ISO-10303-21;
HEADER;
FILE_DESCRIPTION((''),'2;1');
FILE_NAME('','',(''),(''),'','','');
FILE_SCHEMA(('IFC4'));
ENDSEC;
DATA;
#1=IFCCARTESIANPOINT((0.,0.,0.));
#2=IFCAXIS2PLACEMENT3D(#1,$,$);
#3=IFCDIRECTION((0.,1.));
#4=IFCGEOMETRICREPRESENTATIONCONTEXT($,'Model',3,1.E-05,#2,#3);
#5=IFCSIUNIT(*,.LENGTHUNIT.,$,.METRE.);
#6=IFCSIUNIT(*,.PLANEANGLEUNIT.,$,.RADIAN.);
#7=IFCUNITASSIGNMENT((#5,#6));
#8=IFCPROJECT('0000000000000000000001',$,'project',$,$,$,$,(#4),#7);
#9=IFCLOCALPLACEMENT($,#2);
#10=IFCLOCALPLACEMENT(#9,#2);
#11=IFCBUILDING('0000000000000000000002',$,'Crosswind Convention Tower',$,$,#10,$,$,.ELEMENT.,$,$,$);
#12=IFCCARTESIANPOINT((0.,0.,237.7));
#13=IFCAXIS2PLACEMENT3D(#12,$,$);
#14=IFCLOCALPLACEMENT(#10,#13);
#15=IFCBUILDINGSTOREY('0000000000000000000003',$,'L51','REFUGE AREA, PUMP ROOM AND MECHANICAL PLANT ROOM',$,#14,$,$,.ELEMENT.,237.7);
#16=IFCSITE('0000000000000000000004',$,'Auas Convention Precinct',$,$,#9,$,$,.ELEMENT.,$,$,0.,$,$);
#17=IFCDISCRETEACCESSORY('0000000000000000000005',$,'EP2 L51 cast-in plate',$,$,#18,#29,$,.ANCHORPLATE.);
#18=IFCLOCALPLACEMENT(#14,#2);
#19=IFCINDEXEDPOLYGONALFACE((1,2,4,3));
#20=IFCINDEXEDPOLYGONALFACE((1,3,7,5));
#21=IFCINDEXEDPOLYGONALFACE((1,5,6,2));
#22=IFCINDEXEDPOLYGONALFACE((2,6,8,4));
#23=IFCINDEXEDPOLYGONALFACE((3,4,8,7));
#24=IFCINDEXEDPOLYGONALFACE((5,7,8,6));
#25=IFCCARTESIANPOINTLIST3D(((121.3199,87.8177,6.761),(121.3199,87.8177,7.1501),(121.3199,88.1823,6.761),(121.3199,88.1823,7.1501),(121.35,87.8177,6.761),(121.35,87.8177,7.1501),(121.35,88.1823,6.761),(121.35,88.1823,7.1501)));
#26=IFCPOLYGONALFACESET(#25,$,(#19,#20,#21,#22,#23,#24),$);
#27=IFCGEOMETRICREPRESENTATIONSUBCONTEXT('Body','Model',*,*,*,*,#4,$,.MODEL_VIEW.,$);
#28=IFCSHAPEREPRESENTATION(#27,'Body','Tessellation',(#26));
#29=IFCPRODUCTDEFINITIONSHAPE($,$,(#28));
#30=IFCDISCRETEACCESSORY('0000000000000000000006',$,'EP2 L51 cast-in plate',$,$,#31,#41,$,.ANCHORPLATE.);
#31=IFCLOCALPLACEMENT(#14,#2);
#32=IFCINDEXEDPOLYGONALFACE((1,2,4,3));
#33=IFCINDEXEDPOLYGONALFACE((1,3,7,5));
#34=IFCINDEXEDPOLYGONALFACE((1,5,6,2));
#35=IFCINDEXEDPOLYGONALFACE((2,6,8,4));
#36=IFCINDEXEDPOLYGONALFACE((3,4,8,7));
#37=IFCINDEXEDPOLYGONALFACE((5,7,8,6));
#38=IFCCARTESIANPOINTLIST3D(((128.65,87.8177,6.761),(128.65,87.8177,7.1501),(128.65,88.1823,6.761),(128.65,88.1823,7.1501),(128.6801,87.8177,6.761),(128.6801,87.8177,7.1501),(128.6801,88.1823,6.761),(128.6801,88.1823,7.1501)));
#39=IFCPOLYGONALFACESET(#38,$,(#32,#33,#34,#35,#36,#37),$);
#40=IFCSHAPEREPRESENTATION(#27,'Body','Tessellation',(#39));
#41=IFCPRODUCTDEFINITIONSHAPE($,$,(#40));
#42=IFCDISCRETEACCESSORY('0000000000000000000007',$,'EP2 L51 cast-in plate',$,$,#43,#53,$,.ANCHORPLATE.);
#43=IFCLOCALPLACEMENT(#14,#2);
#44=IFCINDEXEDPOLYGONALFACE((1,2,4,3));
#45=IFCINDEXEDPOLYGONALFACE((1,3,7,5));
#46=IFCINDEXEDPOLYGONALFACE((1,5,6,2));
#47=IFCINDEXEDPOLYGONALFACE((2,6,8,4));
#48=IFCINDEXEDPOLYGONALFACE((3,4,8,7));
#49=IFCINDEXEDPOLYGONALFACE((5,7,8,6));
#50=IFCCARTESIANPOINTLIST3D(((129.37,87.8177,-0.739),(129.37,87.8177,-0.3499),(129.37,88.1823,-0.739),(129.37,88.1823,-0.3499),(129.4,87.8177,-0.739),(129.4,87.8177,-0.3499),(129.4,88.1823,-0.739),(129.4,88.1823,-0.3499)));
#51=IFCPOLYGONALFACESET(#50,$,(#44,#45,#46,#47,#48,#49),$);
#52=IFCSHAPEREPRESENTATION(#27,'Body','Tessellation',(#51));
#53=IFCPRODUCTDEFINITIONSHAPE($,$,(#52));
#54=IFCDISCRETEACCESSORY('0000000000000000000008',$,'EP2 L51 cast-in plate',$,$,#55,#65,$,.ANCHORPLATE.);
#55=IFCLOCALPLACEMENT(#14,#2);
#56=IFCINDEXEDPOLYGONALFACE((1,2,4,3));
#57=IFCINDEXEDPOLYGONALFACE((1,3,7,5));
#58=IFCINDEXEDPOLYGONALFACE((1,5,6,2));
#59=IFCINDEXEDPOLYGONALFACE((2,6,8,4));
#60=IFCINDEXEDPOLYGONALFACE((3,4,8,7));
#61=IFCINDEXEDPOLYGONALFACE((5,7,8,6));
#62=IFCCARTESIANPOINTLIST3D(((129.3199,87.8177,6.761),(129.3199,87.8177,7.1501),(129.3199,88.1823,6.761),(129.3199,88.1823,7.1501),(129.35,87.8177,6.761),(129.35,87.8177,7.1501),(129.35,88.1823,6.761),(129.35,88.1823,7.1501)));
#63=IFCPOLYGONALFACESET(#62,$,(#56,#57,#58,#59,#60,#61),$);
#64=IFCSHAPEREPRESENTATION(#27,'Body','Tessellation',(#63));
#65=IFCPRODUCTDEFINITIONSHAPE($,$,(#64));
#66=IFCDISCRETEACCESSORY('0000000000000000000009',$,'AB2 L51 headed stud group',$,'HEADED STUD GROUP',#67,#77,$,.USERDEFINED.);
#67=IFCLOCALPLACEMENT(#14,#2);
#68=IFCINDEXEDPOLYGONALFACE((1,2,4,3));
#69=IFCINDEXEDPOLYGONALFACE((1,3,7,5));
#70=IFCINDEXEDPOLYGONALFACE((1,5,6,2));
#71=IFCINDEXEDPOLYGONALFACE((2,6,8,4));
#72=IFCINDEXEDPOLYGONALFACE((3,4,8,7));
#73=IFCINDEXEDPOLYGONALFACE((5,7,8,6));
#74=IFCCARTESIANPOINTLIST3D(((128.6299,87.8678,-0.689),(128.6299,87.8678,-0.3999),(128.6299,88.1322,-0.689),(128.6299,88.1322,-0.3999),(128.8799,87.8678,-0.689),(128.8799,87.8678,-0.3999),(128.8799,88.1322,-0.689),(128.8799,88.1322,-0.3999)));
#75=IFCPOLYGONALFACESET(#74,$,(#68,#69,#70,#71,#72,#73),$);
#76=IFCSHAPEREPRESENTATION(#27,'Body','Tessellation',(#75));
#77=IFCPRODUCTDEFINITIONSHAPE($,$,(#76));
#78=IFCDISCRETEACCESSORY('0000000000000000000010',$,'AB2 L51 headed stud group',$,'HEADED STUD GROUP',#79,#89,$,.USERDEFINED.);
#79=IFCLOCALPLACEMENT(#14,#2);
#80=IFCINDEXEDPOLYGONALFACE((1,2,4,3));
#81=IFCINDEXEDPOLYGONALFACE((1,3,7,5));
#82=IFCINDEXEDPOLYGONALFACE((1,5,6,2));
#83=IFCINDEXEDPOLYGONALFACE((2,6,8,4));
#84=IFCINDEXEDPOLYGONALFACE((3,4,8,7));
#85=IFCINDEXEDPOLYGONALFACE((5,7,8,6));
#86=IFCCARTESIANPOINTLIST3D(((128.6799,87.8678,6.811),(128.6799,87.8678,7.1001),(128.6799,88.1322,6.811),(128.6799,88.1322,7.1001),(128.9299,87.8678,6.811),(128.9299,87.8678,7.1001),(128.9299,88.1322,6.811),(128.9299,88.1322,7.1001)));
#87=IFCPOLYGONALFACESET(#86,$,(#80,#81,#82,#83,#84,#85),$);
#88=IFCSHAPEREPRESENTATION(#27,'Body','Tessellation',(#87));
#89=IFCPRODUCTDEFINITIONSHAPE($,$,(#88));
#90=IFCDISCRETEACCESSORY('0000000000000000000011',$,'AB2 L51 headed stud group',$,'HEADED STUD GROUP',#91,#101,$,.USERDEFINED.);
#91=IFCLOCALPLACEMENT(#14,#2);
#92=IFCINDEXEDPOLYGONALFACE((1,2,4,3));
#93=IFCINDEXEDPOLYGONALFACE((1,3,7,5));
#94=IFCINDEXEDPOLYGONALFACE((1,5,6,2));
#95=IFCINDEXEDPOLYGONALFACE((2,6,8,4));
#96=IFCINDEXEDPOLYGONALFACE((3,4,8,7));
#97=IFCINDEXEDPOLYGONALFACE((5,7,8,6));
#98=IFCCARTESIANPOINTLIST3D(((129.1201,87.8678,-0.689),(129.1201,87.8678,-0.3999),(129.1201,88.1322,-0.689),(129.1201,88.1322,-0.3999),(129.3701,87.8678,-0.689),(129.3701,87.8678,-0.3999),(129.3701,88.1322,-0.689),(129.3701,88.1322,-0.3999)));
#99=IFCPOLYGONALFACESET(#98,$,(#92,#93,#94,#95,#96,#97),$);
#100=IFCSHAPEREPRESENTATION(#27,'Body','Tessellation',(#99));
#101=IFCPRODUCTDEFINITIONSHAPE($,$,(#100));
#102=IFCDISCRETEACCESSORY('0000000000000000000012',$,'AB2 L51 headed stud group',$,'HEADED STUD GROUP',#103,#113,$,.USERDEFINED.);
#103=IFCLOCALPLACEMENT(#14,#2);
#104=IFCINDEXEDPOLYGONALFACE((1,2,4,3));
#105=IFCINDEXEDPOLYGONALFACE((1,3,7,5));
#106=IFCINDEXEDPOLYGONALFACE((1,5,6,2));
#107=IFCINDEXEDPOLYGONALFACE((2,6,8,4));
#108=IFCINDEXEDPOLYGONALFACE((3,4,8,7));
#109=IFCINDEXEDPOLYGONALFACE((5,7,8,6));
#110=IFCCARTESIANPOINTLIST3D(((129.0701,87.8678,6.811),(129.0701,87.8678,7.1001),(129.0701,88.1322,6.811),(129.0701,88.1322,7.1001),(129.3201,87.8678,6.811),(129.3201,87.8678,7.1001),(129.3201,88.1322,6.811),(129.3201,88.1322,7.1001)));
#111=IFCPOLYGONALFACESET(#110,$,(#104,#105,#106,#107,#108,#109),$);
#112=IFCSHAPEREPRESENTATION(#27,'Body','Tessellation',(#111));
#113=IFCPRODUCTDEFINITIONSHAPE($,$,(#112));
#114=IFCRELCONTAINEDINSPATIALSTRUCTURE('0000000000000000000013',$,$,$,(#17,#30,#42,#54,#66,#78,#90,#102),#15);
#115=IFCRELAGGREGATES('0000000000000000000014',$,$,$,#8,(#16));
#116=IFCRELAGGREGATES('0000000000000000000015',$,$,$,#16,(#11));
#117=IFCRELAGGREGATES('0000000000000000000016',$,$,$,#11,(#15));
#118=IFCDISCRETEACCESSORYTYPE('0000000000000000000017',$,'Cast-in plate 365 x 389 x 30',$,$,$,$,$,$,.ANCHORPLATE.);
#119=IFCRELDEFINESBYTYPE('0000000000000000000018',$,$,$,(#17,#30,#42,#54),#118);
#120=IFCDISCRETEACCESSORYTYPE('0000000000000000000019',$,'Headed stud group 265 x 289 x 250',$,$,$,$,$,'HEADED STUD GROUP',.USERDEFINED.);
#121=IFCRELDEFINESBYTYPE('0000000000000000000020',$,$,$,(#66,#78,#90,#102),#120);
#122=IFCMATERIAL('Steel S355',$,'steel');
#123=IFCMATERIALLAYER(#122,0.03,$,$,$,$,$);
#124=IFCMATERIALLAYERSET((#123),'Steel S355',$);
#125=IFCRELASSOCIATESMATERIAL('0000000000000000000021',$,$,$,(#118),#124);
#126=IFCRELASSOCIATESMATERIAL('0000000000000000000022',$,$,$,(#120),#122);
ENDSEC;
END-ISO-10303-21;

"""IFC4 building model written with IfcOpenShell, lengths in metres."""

from ifc_helpers import new_model, si_unit, direction, frame, origin, origin_2d, place, context, subcontext, project, spatial, rectangle, extrude, material, layer, layer_set, type_object, element, save


model = new_model("IFC4")

# Units and contexts
model_context = context("Model", 3, precision=1e-05, world=origin(), true_north=direction((0.0, 1.0)))
body_context = subcontext(model_context, "Body", "Model", "MODEL_VIEW")
ifc_project = project(units=[si_unit("LENGTHUNIT", "METRE"), si_unit("PLANEANGLEUNIT", "RADIAN")], contexts=[model_context])

# Site, building, storey
site_placement = place(None, origin())
site = spatial("IfcSite", under=ifc_project, at=site_placement, Name="Auas Convention Precinct", CompositionType="ELEMENT", RefElevation=0.0)
building_placement = place(site_placement, origin())
building = spatial("IfcBuilding", under=site, at=building_placement, Name="Crosswind Convention Tower", CompositionType="ELEMENT")
storey_placement = place(building_placement, frame((0.0, 0.0, 237.7)))
storey = spatial("IfcBuildingStorey", under=building, at=storey_placement, Name="L51", Description="REFUGE AREA, PUMP ROOM AND MECHANICAL PLANT ROOM", CompositionType="ELEMENT", Elevation=237.7)

# Shared definitions
ifc_material_1 = material(Name="Steel S355", Category="steel")

# Discrete accessories
ifc_layer_1 = layer(ifc_material_1, 0.03)
ifc_layer_set_1 = layer_set([ifc_layer_1], Name="Steel S355")
discrete_accessory_type_1 = type_object("IfcDiscreteAccessoryType", Name="Cast-in plate 365 x 389 x 30", PredefinedType="ANCHORPLATE", material=ifc_layer_set_1)
for number, where, z_axis, x_axis, name in (
    (1, (121.335, 88.0, 6.761), (0.0, 0.0, 1.0), (1.0, 0.0, 0.0), "EP2 L51 cast-in plate"),
    (2, (128.665, 88.0, 6.761), (0.0, 0.0, 1.0), (1.0, 0.0, 0.0), "EP2 L51 cast-in plate"),
    (3, (129.385, 88.0, -0.739), (0.0, 0.0, 1.0), (1.0, 0.0, 0.0), "EP2 L51 cast-in plate"),
    (4, (129.335, 88.0, 6.761), (0.0, 0.0, 1.0), (1.0, 0.0, 0.0), "EP2 L51 cast-in plate"),
):
    element("IfcDiscreteAccessory", number, at=place(storey_placement, frame(where, z_axis=z_axis, x_axis=x_axis)), inside=storey, type_object=discrete_accessory_type_1, Name=name, PredefinedType="ANCHORPLATE", context=body_context, shape_type="SweptSolid", body=[
        extrude(rectangle(XDim=0.03, YDim=0.3645, at=origin_2d()), origin(), (0.0, 0.0, 1.0), 0.3892),
    ])
discrete_accessory_type_2 = type_object("IfcDiscreteAccessoryType", Name="Headed stud group 265 x 289 x 250", ElementType="HEADED STUD GROUP", PredefinedType="USERDEFINED", material=ifc_material_1)
for number, where, z_axis, x_axis, name in (
    (5, (128.7549, 88.0, -0.689), (0.0, 0.0, 1.0), (1.0, 0.0, 0.0), "AB2 L51 headed stud group"),
    (6, (128.8049, 88.0, 6.811), (0.0, 0.0, 1.0), (1.0, 0.0, 0.0), "AB2 L51 headed stud group"),
    (7, (129.2451, 88.0, -0.689), (0.0, 0.0, 1.0), (1.0, 0.0, 0.0), "AB2 L51 headed stud group"),
    (8, (129.1951, 88.0, 6.811), (0.0, 0.0, 1.0), (1.0, 0.0, 0.0), "AB2 L51 headed stud group"),
):
    element("IfcDiscreteAccessory", number, at=place(storey_placement, frame(where, z_axis=z_axis, x_axis=x_axis)), inside=storey, type_object=discrete_accessory_type_2, Name=name, ObjectType="HEADED STUD GROUP", PredefinedType="USERDEFINED", context=body_context, shape_type="SweptSolid", body=[
        extrude(rectangle(XDim=0.25, YDim=0.2644, at=origin_2d()), origin(), (0.0, 0.0, 1.0), 0.2891),
    ])

save(model, "model.ifc")
